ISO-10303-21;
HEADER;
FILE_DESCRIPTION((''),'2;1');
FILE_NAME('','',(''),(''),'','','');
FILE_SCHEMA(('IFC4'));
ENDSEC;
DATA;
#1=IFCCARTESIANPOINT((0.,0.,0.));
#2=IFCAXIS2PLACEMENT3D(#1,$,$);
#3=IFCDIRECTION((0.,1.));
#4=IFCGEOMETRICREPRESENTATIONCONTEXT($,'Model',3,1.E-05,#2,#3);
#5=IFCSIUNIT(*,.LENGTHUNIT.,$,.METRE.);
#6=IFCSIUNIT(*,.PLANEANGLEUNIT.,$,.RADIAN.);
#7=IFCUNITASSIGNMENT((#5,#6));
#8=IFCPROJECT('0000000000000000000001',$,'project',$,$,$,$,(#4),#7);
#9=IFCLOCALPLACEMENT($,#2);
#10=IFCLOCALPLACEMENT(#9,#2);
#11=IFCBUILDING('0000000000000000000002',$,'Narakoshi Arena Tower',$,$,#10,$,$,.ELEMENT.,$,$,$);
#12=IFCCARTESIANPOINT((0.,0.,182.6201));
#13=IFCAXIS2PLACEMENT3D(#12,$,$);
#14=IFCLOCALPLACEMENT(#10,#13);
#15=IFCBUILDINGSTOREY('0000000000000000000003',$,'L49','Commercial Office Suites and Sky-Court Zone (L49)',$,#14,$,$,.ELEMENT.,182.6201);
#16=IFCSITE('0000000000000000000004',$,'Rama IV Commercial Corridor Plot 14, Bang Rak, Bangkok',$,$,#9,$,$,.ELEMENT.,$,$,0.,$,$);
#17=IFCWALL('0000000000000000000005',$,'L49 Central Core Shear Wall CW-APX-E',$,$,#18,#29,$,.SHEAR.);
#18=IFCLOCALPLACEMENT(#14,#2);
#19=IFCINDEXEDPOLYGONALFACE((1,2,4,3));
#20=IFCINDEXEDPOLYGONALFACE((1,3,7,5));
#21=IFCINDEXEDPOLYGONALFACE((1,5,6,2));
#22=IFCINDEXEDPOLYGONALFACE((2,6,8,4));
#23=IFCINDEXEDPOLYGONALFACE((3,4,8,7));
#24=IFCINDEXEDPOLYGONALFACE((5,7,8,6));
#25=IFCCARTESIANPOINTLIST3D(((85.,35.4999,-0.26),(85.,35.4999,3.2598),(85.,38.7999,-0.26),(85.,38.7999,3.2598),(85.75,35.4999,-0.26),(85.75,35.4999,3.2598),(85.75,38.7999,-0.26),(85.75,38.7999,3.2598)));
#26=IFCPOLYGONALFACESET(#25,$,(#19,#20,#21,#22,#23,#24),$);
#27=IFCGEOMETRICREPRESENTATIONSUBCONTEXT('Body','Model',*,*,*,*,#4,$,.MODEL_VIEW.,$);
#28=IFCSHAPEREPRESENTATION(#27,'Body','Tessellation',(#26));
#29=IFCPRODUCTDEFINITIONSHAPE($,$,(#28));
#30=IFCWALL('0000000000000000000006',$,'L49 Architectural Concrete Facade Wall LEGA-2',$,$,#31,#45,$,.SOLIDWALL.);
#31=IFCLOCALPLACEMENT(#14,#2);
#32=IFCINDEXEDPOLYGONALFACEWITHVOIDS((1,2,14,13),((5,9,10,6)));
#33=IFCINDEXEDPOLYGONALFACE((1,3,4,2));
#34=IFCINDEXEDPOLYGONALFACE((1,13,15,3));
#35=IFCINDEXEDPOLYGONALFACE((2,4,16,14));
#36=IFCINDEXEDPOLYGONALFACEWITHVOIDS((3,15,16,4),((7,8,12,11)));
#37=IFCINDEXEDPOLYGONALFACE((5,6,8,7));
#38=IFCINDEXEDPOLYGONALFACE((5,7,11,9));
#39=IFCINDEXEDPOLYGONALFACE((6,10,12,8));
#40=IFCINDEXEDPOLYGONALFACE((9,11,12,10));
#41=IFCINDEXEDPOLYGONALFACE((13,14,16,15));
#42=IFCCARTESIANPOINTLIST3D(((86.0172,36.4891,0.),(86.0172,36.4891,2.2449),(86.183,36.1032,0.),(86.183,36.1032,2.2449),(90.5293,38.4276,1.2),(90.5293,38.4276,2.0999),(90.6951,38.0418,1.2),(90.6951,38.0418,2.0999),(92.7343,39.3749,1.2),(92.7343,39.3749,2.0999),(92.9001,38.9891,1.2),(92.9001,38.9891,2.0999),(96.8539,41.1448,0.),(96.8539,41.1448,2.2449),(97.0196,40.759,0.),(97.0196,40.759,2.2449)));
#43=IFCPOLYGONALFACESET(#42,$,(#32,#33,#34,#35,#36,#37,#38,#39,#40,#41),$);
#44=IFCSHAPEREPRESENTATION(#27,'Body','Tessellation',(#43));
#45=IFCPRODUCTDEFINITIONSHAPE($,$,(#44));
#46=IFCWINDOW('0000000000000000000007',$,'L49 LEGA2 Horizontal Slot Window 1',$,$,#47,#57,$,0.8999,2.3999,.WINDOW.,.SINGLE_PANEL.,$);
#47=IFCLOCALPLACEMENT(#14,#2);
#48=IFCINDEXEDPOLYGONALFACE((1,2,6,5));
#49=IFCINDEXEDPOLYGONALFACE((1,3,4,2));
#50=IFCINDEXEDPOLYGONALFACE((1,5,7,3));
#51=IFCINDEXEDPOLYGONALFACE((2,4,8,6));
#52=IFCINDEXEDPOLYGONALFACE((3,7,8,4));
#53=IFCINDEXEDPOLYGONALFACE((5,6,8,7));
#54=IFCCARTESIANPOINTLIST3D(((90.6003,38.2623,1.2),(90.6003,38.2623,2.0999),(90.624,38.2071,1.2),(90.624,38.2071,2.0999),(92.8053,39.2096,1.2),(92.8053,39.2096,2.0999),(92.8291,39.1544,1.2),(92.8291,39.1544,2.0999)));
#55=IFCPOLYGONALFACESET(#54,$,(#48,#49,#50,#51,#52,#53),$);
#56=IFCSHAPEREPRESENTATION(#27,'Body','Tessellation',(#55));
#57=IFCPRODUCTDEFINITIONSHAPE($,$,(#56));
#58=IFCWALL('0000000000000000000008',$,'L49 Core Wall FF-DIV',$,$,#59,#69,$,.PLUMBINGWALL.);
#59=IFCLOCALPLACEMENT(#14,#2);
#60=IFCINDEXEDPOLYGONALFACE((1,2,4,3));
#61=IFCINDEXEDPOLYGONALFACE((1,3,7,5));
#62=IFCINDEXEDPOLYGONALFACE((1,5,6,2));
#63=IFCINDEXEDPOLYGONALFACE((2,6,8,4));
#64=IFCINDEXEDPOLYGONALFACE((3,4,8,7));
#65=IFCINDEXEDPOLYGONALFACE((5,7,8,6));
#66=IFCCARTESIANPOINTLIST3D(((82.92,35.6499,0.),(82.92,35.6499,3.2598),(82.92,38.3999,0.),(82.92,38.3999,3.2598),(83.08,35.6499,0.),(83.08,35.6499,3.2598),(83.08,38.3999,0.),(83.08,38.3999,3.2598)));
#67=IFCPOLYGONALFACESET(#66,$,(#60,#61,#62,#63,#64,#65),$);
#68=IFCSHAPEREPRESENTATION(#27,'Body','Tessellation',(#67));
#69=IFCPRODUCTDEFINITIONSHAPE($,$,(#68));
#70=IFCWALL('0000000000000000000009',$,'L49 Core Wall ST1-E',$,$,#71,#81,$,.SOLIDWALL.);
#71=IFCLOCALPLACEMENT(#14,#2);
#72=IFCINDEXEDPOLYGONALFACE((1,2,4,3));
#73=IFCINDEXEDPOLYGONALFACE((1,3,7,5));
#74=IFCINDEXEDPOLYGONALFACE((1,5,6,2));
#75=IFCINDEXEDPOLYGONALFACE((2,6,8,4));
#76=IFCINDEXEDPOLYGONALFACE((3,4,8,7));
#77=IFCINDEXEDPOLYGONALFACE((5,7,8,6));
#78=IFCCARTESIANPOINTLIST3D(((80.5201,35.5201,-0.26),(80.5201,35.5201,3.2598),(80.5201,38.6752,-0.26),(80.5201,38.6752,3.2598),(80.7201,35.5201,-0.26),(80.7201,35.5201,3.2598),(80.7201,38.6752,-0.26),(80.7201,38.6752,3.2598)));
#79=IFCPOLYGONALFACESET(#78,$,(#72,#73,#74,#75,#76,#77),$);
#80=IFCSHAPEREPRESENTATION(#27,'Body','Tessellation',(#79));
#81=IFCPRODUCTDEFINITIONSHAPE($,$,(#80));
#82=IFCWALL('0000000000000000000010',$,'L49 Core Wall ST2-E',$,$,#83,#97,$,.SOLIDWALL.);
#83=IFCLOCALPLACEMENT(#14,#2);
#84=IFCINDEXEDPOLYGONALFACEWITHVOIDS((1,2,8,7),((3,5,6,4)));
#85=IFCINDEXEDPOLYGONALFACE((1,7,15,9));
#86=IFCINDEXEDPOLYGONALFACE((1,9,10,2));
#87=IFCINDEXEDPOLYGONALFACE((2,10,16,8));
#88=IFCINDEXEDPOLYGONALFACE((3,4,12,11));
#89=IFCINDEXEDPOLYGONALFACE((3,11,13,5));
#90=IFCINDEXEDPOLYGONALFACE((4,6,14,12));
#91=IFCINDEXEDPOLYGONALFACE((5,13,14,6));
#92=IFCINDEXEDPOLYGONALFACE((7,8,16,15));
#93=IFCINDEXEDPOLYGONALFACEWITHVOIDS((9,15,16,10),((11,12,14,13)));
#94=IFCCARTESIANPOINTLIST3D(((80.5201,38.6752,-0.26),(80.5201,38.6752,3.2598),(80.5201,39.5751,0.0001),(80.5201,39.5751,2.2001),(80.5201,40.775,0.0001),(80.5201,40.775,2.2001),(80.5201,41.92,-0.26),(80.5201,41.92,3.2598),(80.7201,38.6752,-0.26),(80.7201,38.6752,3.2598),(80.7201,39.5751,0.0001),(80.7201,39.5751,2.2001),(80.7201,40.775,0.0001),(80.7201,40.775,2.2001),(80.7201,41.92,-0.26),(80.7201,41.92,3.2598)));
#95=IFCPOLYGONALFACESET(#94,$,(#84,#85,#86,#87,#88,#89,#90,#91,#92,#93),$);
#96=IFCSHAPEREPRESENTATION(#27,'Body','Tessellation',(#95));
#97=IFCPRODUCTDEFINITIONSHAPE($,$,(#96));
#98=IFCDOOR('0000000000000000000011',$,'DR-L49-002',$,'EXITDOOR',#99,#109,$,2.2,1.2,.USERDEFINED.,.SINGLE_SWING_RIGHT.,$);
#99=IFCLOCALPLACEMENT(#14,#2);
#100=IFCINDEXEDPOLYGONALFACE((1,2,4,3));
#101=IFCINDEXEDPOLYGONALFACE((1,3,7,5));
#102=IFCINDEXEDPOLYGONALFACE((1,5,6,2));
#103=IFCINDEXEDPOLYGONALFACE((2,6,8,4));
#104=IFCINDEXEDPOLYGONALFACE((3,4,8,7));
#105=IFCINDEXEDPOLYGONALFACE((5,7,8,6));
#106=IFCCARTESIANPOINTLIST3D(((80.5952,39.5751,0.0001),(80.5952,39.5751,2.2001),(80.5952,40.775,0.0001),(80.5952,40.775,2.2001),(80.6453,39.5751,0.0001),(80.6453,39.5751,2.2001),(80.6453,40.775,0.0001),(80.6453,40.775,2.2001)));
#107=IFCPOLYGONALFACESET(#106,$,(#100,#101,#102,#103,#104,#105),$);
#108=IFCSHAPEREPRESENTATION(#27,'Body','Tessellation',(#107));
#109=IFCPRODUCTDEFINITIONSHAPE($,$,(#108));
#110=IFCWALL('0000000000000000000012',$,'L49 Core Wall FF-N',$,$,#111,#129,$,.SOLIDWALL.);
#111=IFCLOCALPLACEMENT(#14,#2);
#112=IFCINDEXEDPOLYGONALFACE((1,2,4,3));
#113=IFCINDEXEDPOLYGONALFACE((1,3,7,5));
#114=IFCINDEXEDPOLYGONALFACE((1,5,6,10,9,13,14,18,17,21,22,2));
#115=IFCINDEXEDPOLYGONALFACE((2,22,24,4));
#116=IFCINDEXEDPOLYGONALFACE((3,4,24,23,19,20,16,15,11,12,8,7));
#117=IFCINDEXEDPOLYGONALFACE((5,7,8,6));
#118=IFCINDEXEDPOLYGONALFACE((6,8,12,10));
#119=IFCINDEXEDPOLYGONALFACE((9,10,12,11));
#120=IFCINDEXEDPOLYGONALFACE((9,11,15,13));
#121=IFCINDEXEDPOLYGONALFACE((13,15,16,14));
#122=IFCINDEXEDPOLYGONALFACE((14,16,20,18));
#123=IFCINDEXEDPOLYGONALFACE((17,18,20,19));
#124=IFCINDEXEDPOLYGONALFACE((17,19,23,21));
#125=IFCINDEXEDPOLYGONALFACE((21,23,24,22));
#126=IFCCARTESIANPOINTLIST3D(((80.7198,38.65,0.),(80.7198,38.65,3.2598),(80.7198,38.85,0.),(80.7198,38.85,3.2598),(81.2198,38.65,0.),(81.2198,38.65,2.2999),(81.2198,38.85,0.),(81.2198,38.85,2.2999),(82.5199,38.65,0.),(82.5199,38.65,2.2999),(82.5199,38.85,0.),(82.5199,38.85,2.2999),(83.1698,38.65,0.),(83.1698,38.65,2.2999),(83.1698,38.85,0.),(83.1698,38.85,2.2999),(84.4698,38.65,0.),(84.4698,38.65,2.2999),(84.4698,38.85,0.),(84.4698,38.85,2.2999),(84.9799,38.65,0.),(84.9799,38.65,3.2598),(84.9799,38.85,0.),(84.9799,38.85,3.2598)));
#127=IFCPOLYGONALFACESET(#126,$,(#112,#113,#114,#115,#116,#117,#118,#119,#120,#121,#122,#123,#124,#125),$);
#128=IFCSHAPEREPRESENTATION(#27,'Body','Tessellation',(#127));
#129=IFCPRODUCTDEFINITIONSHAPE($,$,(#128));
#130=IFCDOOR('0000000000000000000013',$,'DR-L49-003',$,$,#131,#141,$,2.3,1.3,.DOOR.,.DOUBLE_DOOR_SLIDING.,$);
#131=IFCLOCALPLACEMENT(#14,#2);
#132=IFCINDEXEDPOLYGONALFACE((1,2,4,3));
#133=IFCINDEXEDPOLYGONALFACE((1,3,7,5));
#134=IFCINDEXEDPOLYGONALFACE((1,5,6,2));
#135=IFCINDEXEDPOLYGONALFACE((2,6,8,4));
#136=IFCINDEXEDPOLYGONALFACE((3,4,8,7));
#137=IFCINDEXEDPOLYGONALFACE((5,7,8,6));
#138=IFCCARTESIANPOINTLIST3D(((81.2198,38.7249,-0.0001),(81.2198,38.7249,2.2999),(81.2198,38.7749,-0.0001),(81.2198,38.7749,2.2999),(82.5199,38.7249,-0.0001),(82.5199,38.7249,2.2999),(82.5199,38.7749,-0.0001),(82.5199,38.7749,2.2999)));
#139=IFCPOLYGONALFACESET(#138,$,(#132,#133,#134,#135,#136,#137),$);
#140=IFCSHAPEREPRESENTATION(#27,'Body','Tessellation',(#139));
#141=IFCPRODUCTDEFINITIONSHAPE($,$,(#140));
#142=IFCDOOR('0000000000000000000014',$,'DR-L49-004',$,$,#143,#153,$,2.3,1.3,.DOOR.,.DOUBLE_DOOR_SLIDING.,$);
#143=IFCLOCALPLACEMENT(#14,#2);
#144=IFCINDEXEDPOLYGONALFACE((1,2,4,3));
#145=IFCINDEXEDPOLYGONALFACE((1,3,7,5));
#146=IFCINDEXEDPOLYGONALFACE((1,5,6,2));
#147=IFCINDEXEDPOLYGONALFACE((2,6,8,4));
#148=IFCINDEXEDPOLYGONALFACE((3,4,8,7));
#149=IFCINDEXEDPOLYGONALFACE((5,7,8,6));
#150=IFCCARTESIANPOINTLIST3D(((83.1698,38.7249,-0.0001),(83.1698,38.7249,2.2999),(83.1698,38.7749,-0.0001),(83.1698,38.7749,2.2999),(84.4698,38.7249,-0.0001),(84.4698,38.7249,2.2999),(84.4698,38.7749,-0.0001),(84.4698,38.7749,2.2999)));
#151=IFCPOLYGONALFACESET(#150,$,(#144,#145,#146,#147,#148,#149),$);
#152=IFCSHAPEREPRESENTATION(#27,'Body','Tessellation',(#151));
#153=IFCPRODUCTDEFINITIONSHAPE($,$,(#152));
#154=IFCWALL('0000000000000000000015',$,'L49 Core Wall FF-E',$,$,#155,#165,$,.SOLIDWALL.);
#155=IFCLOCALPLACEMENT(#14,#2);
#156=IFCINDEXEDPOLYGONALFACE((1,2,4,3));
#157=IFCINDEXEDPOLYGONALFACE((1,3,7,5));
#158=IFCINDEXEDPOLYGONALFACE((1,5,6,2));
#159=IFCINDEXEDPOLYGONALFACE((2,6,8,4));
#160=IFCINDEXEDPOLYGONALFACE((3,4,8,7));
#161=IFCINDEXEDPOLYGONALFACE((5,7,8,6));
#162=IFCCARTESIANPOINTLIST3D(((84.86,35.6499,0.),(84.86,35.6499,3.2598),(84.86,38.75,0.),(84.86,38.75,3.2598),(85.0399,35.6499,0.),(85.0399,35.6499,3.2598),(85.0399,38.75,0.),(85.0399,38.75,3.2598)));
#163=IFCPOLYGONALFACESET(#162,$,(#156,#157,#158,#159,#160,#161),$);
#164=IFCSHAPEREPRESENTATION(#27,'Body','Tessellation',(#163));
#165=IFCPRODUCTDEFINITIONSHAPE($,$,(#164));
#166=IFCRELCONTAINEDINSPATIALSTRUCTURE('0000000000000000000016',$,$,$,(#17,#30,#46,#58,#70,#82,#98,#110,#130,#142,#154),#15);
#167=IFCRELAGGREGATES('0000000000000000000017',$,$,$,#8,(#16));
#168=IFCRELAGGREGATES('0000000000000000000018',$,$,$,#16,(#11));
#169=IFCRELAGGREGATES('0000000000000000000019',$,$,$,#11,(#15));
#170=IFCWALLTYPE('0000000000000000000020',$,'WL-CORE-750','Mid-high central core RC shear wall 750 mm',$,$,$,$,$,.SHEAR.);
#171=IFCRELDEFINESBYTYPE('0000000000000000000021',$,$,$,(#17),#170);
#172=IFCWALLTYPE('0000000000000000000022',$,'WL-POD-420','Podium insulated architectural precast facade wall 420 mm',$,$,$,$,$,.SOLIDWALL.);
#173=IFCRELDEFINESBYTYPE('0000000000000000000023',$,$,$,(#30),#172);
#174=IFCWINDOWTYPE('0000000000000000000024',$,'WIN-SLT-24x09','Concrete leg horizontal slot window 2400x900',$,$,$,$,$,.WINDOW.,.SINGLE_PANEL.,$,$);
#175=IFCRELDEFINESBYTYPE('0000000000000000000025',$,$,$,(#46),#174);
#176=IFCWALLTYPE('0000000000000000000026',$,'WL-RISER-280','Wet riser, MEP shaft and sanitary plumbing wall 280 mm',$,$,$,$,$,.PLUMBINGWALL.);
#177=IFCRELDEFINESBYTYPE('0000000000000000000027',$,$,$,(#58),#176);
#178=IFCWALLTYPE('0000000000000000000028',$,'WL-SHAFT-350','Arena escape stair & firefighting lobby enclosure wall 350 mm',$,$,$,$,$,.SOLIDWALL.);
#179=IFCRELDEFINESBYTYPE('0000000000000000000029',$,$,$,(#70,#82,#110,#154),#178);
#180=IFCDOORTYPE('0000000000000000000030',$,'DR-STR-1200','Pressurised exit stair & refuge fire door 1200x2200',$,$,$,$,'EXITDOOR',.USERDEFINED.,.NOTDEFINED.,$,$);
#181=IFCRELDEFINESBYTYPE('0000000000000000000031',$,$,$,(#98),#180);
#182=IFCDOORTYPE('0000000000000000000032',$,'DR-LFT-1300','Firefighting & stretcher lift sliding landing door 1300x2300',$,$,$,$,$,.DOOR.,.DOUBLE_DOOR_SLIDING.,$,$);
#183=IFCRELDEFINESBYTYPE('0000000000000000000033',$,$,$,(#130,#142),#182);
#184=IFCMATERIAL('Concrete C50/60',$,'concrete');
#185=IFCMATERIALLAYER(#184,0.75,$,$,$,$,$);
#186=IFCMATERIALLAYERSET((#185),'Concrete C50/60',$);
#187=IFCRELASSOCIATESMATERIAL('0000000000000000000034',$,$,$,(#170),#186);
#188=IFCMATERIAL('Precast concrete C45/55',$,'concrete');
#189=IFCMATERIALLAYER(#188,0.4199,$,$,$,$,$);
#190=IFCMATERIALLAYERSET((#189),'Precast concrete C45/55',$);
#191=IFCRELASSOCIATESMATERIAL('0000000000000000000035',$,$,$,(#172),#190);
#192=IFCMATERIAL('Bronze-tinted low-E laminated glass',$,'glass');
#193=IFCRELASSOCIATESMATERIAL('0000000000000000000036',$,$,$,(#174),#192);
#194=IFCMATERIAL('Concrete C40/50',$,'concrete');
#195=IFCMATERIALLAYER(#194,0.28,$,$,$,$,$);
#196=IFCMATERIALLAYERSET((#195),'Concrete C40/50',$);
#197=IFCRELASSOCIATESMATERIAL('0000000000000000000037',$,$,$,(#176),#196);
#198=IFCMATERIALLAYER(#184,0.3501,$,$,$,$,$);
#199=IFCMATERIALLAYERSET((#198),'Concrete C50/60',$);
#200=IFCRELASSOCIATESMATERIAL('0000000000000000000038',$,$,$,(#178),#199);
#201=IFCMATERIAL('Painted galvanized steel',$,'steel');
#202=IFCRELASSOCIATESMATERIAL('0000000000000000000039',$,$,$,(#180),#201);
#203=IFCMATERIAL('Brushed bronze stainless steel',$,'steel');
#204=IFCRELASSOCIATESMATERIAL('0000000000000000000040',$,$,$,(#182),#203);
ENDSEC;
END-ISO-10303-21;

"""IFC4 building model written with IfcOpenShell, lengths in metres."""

from ifc_helpers import new_model, si_unit, direction, frame, frame_2d, origin, place, context, subcontext, project, spatial, rectangle, extrude, material, layer, layer_set, type_object, element, fill, save


model = new_model("IFC4")

# Units and contexts
model_context = context("Model", 3, precision=1e-05, world=origin(), true_north=direction((0.0, 1.0)))
body_context = subcontext(model_context, "Body", "Model", "MODEL_VIEW")
ifc_project = project(units=[si_unit("LENGTHUNIT", "METRE"), si_unit("PLANEANGLEUNIT", "RADIAN")], contexts=[model_context])

# Site, building, storey
site_placement = place(None, origin())
site = spatial("IfcSite", under=ifc_project, at=site_placement, Name="Rama IV Commercial Corridor Plot 14, Bang Rak, Bangkok", CompositionType="ELEMENT", RefElevation=0.0)
building_placement = place(site_placement, origin())
building = spatial("IfcBuilding", under=site, at=building_placement, Name="Narakoshi Arena Tower", CompositionType="ELEMENT")
storey_placement = place(building_placement, frame((0.0, 0.0, 182.6201)))
storey = spatial("IfcBuildingStorey", under=building, at=storey_placement, Name="L49", Description="Commercial Office Suites and Sky-Court Zone (L49)", CompositionType="ELEMENT", Elevation=182.6201)

# Wall
ifc_material_1 = material(Name="Concrete C50/60", Category="concrete")
ifc_layer_1 = layer(ifc_material_1, 0.75)
ifc_layer_set_1 = layer_set([ifc_layer_1], Name="Concrete C50/60")
wall_type_1 = type_object("IfcWallType", Name="WL-CORE-750", Description="Mid-high central core RC shear wall 750 mm", PredefinedType="SHEAR", material=ifc_layer_set_1)
wall_1_placement = place(storey_placement, frame((85.375, 35.5, -0.26), z_axis=(0.0, 0.0, 1.0), x_axis=(0.0, 1.0, 0.0)))
element("IfcWall", 1, at=wall_1_placement, inside=storey, type_object=wall_type_1, Name="L49 Central Core Shear Wall CW-APX-E", PredefinedType="SHEAR", context=body_context, shape_type="SweptSolid", body=[
    extrude(rectangle(XDim=3.3, YDim=0.75, at=frame_2d((1.6499, 0.0))), origin(), (0.0, 0.0, 1.0), 3.5198),
])

# Wall, opening, window
ifc_material_2 = material(Name="Precast concrete C45/55", Category="concrete")
ifc_layer_2 = layer(ifc_material_2, 0.4199)
ifc_layer_set_2 = layer_set([ifc_layer_2], Name="Precast concrete C45/55")
wall_type_2 = type_object("IfcWallType", Name="WL-POD-420", Description="Podium insulated architectural precast facade wall 420 mm", PredefinedType="SOLIDWALL", material=ifc_layer_set_2)
wall_2_placement = place(storey_placement, frame((86.1001, 36.2961, 0.0), z_axis=(0.0, 0.0, 1.0), x_axis=(0.918792, 0.394741, 0.0)))
wall_2 = element("IfcWall", 2, at=wall_2_placement, inside=storey, type_object=wall_type_2, Name="L49 Architectural Concrete Facade Wall LEGA-2", PredefinedType="SOLIDWALL", context=body_context, shape_type="SweptSolid", body=[
    extrude(rectangle(XDim=11.7944, YDim=0.4199, at=frame_2d((5.8972, 0.0))), origin(), (0.0, 0.0, 1.0), 2.2449),
])
opening_1_placement = place(wall_2_placement, frame((4.9109, 0.0, 1.2)))
opening_1 = element("IfcOpeningElement", 3, at=opening_1_placement, cuts=wall_2, PredefinedType="OPENING", context=body_context, shape_type="SweptSolid", body=[
    extrude(rectangle(XDim=2.3999, YDim=0.8999, at=frame_2d((1.2, 0.45))), frame((0.0, 0.22, 0.0), z_axis=(0.0, -1.0, 0.0), x_axis=(1.0, 0.0, 0.0)), (0.0, 0.0, 1.0), 0.4399),
])
ifc_material_3 = material(Name="Bronze-tinted low-E laminated glass", Category="glass")
window_type = type_object("IfcWindowType", Name="WIN-SLT-24x09", Description="Concrete leg horizontal slot window 2400x900", PartitioningType="SINGLE_PANEL", PredefinedType="WINDOW", material=ifc_material_3)
window_placement = place(opening_1_placement, origin())
window = element("IfcWindow", 4, at=window_placement, inside=storey, type_object=window_type, Name="L49 LEGA2 Horizontal Slot Window 1", OverallHeight=0.8999, OverallWidth=2.3999, PartitioningType="SINGLE_PANEL", PredefinedType="WINDOW", context=body_context, shape_type="SweptSolid", body=[
    extrude(rectangle(XDim=2.3999, YDim=0.8999, at=frame_2d((1.2, 0.45))), frame((0.0, 0.03, 0.0), z_axis=(0.0, -1.0, 0.0), x_axis=(1.0, 0.0, 0.0)), (0.0, 0.0, 1.0), 0.0601),
])
fill(opening_1, window)

# Walls
ifc_material_4 = material(Name="Concrete C40/50", Category="concrete")
ifc_layer_3 = layer(ifc_material_4, 0.28)
ifc_layer_set_3 = layer_set([ifc_layer_3], Name="Concrete C40/50")
wall_type_3 = type_object("IfcWallType", Name="WL-RISER-280", Description="Wet riser, MEP shaft and sanitary plumbing wall 280 mm", PredefinedType="PLUMBINGWALL", material=ifc_layer_set_3)
wall_3_placement = place(storey_placement, frame((83.0, 35.6499, 0.0), z_axis=(0.0, 0.0, 1.0), x_axis=(0.0, 1.0, 0.0)))
element("IfcWall", 5, at=wall_3_placement, inside=storey, type_object=wall_type_3, Name="L49 Core Wall FF-DIV", PredefinedType="PLUMBINGWALL", context=body_context, shape_type="SweptSolid", body=[
    extrude(rectangle(XDim=2.75, YDim=0.1599, at=frame_2d((1.375, 0.0))), origin(), (0.0, 0.0, 1.0), 3.2598),
])
ifc_layer_4 = layer(ifc_material_1, 0.3501)
ifc_layer_set_4 = layer_set([ifc_layer_4], Name="Concrete C50/60")
wall_type_4 = type_object("IfcWallType", Name="WL-SHAFT-350", Description="Arena escape stair & firefighting lobby enclosure wall 350 mm", PredefinedType="SOLIDWALL", material=ifc_layer_set_4)
wall_4_placement = place(storey_placement, frame((80.6201, 35.52, -0.26), z_axis=(0.0, 0.0, 1.0), x_axis=(0.0, 1.0, 0.0)))
element("IfcWall", 6, at=wall_4_placement, inside=storey, type_object=wall_type_4, Name="L49 Core Wall ST1-E", PredefinedType="SOLIDWALL", context=body_context, shape_type="SweptSolid", body=[
    extrude(rectangle(XDim=3.155, YDim=0.2, at=frame_2d((1.5776, 0.0))), origin(), (0.0, 0.0, 1.0), 3.5198),
])

# Wall, opening, door
wall_5_placement = place(storey_placement, frame((80.6201, 38.675, -0.26), z_axis=(0.0, 0.0, 1.0), x_axis=(0.0, 1.0, 0.0)))
wall_5 = element("IfcWall", 7, at=wall_5_placement, inside=storey, type_object=wall_type_4, Name="L49 Core Wall ST2-E", PredefinedType="SOLIDWALL", context=body_context, shape_type="SweptSolid", body=[
    extrude(rectangle(XDim=3.2449, YDim=0.2, at=frame_2d((1.6226, 0.0))), origin(), (0.0, 0.0, 1.0), 3.5198),
])
opening_2_placement = place(wall_5_placement, frame((0.8999, 0.0, 0.26)))
opening_2 = element("IfcOpeningElement", 8, at=opening_2_placement, cuts=wall_5, PredefinedType="OPENING", context=body_context, shape_type="SweptSolid", body=[
    extrude(rectangle(XDim=1.2, YDim=2.2, at=frame_2d((0.6001, 1.1001))), frame((0.0, 0.1099, 0.0), z_axis=(0.0, -1.0, 0.0), x_axis=(1.0, 0.0, 0.0)), (0.0, 0.0, 1.0), 0.22),
])
ifc_material_5 = material(Name="Painted galvanized steel", Category="steel")
door_type_1 = type_object("IfcDoorType", Name="DR-STR-1200", Description="Pressurised exit stair & refuge fire door 1200x2200", ElementType="EXITDOOR", OperationType="NOTDEFINED", PredefinedType="USERDEFINED", material=ifc_material_5)
door_1_placement = place(opening_2_placement, origin())
door_1 = element("IfcDoor", 9, at=door_1_placement, inside=storey, type_object=door_type_1, Name="DR-L49-002", ObjectType="EXITDOOR", OperationType="SINGLE_SWING_RIGHT", OverallHeight=2.2, OverallWidth=1.2, PredefinedType="USERDEFINED", context=body_context, shape_type="SweptSolid", body=[
    extrude(rectangle(XDim=1.2, YDim=2.2, at=frame_2d((0.6001, 1.1001))), frame((0.0, 0.0249, 0.0), z_axis=(0.0, -1.0, 0.0), x_axis=(1.0, 0.0, 0.0)), (0.0, 0.0, 1.0), 0.05),
])
fill(opening_2, door_1)

# Wall, openings, doors
wall_6_placement = place(storey_placement, frame((80.72, 38.75, 0.0), z_axis=(0.0, 0.0, 1.0), x_axis=(1.0, 0.0, 0.0)))
wall_6 = element("IfcWall", 10, at=wall_6_placement, inside=storey, type_object=wall_type_4, Name="L49 Core Wall FF-N", PredefinedType="SOLIDWALL", context=body_context, shape_type="SweptSolid", body=[
    extrude(rectangle(XDim=4.26, YDim=0.2, at=frame_2d((2.1299, 0.0))), origin(), (0.0, 0.0, 1.0), 3.2598),
])
opening_3_placement = place(wall_6_placement, frame((0.5, 0.0, 0.0)))
opening_3 = element("IfcOpeningElement", 11, at=opening_3_placement, cuts=wall_6, PredefinedType="OPENING", context=body_context, shape_type="SweptSolid", body=[
    extrude(rectangle(XDim=1.3, YDim=2.3, at=frame_2d((0.6499, 1.1499))), frame((0.0, 0.1099, 0.0), z_axis=(0.0, -1.0, 0.0), x_axis=(1.0, 0.0, 0.0)), (0.0, 0.0, 1.0), 0.22),
])
opening_4_placement = place(wall_6_placement, frame((2.45, 0.0, 0.0)))
opening_4 = element("IfcOpeningElement", 12, at=opening_4_placement, cuts=wall_6, PredefinedType="OPENING", context=body_context, shape_type="SweptSolid", body=[
    extrude(rectangle(XDim=1.3, YDim=2.3, at=frame_2d((0.6499, 1.1499))), frame((0.0, 0.1099, 0.0), z_axis=(0.0, -1.0, 0.0), x_axis=(1.0, 0.0, 0.0)), (0.0, 0.0, 1.0), 0.22),
])
ifc_material_6 = material(Name="Brushed bronze stainless steel", Category="steel")
door_type_2 = type_object("IfcDoorType", Name="DR-LFT-1300", Description="Firefighting & stretcher lift sliding landing door 1300x2300", OperationType="DOUBLE_DOOR_SLIDING", PredefinedType="DOOR", material=ifc_material_6)
door_2_placement = place(opening_3_placement, origin())
door_2 = element("IfcDoor", 13, at=door_2_placement, inside=storey, type_object=door_type_2, Name="DR-L49-003", OperationType="DOUBLE_DOOR_SLIDING", OverallHeight=2.3, OverallWidth=1.3, PredefinedType="DOOR", context=body_context, shape_type="SweptSolid", body=[
    extrude(rectangle(XDim=1.3, YDim=2.3, at=frame_2d((0.6499, 1.1499))), frame((0.0, 0.0249, 0.0), z_axis=(0.0, -1.0, 0.0), x_axis=(1.0, 0.0, 0.0)), (0.0, 0.0, 1.0), 0.05),
])
fill(opening_3, door_2)
door_3_placement = place(opening_4_placement, origin())
door_3 = element("IfcDoor", 14, at=door_3_placement, inside=storey, type_object=door_type_2, Name="DR-L49-004", OperationType="DOUBLE_DOOR_SLIDING", OverallHeight=2.3, OverallWidth=1.3, PredefinedType="DOOR", context=body_context, shape_type="SweptSolid", body=[
    extrude(rectangle(XDim=1.3, YDim=2.3, at=frame_2d((0.6499, 1.1499))), frame((0.0, 0.0249, 0.0), z_axis=(0.0, -1.0, 0.0), x_axis=(1.0, 0.0, 0.0)), (0.0, 0.0, 1.0), 0.05),
])
fill(opening_4, door_3)

# Wall
for number, where, z_axis, x_axis, name in (
    (15, (84.95, 35.6499, 0.0), (0.0, 0.0, 1.0), (0.0, 1.0, 0.0), "L49 Core Wall FF-E"),
):
    element("IfcWall", number, at=place(storey_placement, frame(where, z_axis=z_axis, x_axis=x_axis)), inside=storey, type_object=wall_type_4, Name=name, PredefinedType="SOLIDWALL", context=body_context, shape_type="SweptSolid", body=[
        extrude(rectangle(XDim=3.1001, YDim=0.1799, at=frame_2d((1.55, 0.0))), origin(), (0.0, 0.0, 1.0), 3.2598),
    ])

save(model, "model.ifc")
